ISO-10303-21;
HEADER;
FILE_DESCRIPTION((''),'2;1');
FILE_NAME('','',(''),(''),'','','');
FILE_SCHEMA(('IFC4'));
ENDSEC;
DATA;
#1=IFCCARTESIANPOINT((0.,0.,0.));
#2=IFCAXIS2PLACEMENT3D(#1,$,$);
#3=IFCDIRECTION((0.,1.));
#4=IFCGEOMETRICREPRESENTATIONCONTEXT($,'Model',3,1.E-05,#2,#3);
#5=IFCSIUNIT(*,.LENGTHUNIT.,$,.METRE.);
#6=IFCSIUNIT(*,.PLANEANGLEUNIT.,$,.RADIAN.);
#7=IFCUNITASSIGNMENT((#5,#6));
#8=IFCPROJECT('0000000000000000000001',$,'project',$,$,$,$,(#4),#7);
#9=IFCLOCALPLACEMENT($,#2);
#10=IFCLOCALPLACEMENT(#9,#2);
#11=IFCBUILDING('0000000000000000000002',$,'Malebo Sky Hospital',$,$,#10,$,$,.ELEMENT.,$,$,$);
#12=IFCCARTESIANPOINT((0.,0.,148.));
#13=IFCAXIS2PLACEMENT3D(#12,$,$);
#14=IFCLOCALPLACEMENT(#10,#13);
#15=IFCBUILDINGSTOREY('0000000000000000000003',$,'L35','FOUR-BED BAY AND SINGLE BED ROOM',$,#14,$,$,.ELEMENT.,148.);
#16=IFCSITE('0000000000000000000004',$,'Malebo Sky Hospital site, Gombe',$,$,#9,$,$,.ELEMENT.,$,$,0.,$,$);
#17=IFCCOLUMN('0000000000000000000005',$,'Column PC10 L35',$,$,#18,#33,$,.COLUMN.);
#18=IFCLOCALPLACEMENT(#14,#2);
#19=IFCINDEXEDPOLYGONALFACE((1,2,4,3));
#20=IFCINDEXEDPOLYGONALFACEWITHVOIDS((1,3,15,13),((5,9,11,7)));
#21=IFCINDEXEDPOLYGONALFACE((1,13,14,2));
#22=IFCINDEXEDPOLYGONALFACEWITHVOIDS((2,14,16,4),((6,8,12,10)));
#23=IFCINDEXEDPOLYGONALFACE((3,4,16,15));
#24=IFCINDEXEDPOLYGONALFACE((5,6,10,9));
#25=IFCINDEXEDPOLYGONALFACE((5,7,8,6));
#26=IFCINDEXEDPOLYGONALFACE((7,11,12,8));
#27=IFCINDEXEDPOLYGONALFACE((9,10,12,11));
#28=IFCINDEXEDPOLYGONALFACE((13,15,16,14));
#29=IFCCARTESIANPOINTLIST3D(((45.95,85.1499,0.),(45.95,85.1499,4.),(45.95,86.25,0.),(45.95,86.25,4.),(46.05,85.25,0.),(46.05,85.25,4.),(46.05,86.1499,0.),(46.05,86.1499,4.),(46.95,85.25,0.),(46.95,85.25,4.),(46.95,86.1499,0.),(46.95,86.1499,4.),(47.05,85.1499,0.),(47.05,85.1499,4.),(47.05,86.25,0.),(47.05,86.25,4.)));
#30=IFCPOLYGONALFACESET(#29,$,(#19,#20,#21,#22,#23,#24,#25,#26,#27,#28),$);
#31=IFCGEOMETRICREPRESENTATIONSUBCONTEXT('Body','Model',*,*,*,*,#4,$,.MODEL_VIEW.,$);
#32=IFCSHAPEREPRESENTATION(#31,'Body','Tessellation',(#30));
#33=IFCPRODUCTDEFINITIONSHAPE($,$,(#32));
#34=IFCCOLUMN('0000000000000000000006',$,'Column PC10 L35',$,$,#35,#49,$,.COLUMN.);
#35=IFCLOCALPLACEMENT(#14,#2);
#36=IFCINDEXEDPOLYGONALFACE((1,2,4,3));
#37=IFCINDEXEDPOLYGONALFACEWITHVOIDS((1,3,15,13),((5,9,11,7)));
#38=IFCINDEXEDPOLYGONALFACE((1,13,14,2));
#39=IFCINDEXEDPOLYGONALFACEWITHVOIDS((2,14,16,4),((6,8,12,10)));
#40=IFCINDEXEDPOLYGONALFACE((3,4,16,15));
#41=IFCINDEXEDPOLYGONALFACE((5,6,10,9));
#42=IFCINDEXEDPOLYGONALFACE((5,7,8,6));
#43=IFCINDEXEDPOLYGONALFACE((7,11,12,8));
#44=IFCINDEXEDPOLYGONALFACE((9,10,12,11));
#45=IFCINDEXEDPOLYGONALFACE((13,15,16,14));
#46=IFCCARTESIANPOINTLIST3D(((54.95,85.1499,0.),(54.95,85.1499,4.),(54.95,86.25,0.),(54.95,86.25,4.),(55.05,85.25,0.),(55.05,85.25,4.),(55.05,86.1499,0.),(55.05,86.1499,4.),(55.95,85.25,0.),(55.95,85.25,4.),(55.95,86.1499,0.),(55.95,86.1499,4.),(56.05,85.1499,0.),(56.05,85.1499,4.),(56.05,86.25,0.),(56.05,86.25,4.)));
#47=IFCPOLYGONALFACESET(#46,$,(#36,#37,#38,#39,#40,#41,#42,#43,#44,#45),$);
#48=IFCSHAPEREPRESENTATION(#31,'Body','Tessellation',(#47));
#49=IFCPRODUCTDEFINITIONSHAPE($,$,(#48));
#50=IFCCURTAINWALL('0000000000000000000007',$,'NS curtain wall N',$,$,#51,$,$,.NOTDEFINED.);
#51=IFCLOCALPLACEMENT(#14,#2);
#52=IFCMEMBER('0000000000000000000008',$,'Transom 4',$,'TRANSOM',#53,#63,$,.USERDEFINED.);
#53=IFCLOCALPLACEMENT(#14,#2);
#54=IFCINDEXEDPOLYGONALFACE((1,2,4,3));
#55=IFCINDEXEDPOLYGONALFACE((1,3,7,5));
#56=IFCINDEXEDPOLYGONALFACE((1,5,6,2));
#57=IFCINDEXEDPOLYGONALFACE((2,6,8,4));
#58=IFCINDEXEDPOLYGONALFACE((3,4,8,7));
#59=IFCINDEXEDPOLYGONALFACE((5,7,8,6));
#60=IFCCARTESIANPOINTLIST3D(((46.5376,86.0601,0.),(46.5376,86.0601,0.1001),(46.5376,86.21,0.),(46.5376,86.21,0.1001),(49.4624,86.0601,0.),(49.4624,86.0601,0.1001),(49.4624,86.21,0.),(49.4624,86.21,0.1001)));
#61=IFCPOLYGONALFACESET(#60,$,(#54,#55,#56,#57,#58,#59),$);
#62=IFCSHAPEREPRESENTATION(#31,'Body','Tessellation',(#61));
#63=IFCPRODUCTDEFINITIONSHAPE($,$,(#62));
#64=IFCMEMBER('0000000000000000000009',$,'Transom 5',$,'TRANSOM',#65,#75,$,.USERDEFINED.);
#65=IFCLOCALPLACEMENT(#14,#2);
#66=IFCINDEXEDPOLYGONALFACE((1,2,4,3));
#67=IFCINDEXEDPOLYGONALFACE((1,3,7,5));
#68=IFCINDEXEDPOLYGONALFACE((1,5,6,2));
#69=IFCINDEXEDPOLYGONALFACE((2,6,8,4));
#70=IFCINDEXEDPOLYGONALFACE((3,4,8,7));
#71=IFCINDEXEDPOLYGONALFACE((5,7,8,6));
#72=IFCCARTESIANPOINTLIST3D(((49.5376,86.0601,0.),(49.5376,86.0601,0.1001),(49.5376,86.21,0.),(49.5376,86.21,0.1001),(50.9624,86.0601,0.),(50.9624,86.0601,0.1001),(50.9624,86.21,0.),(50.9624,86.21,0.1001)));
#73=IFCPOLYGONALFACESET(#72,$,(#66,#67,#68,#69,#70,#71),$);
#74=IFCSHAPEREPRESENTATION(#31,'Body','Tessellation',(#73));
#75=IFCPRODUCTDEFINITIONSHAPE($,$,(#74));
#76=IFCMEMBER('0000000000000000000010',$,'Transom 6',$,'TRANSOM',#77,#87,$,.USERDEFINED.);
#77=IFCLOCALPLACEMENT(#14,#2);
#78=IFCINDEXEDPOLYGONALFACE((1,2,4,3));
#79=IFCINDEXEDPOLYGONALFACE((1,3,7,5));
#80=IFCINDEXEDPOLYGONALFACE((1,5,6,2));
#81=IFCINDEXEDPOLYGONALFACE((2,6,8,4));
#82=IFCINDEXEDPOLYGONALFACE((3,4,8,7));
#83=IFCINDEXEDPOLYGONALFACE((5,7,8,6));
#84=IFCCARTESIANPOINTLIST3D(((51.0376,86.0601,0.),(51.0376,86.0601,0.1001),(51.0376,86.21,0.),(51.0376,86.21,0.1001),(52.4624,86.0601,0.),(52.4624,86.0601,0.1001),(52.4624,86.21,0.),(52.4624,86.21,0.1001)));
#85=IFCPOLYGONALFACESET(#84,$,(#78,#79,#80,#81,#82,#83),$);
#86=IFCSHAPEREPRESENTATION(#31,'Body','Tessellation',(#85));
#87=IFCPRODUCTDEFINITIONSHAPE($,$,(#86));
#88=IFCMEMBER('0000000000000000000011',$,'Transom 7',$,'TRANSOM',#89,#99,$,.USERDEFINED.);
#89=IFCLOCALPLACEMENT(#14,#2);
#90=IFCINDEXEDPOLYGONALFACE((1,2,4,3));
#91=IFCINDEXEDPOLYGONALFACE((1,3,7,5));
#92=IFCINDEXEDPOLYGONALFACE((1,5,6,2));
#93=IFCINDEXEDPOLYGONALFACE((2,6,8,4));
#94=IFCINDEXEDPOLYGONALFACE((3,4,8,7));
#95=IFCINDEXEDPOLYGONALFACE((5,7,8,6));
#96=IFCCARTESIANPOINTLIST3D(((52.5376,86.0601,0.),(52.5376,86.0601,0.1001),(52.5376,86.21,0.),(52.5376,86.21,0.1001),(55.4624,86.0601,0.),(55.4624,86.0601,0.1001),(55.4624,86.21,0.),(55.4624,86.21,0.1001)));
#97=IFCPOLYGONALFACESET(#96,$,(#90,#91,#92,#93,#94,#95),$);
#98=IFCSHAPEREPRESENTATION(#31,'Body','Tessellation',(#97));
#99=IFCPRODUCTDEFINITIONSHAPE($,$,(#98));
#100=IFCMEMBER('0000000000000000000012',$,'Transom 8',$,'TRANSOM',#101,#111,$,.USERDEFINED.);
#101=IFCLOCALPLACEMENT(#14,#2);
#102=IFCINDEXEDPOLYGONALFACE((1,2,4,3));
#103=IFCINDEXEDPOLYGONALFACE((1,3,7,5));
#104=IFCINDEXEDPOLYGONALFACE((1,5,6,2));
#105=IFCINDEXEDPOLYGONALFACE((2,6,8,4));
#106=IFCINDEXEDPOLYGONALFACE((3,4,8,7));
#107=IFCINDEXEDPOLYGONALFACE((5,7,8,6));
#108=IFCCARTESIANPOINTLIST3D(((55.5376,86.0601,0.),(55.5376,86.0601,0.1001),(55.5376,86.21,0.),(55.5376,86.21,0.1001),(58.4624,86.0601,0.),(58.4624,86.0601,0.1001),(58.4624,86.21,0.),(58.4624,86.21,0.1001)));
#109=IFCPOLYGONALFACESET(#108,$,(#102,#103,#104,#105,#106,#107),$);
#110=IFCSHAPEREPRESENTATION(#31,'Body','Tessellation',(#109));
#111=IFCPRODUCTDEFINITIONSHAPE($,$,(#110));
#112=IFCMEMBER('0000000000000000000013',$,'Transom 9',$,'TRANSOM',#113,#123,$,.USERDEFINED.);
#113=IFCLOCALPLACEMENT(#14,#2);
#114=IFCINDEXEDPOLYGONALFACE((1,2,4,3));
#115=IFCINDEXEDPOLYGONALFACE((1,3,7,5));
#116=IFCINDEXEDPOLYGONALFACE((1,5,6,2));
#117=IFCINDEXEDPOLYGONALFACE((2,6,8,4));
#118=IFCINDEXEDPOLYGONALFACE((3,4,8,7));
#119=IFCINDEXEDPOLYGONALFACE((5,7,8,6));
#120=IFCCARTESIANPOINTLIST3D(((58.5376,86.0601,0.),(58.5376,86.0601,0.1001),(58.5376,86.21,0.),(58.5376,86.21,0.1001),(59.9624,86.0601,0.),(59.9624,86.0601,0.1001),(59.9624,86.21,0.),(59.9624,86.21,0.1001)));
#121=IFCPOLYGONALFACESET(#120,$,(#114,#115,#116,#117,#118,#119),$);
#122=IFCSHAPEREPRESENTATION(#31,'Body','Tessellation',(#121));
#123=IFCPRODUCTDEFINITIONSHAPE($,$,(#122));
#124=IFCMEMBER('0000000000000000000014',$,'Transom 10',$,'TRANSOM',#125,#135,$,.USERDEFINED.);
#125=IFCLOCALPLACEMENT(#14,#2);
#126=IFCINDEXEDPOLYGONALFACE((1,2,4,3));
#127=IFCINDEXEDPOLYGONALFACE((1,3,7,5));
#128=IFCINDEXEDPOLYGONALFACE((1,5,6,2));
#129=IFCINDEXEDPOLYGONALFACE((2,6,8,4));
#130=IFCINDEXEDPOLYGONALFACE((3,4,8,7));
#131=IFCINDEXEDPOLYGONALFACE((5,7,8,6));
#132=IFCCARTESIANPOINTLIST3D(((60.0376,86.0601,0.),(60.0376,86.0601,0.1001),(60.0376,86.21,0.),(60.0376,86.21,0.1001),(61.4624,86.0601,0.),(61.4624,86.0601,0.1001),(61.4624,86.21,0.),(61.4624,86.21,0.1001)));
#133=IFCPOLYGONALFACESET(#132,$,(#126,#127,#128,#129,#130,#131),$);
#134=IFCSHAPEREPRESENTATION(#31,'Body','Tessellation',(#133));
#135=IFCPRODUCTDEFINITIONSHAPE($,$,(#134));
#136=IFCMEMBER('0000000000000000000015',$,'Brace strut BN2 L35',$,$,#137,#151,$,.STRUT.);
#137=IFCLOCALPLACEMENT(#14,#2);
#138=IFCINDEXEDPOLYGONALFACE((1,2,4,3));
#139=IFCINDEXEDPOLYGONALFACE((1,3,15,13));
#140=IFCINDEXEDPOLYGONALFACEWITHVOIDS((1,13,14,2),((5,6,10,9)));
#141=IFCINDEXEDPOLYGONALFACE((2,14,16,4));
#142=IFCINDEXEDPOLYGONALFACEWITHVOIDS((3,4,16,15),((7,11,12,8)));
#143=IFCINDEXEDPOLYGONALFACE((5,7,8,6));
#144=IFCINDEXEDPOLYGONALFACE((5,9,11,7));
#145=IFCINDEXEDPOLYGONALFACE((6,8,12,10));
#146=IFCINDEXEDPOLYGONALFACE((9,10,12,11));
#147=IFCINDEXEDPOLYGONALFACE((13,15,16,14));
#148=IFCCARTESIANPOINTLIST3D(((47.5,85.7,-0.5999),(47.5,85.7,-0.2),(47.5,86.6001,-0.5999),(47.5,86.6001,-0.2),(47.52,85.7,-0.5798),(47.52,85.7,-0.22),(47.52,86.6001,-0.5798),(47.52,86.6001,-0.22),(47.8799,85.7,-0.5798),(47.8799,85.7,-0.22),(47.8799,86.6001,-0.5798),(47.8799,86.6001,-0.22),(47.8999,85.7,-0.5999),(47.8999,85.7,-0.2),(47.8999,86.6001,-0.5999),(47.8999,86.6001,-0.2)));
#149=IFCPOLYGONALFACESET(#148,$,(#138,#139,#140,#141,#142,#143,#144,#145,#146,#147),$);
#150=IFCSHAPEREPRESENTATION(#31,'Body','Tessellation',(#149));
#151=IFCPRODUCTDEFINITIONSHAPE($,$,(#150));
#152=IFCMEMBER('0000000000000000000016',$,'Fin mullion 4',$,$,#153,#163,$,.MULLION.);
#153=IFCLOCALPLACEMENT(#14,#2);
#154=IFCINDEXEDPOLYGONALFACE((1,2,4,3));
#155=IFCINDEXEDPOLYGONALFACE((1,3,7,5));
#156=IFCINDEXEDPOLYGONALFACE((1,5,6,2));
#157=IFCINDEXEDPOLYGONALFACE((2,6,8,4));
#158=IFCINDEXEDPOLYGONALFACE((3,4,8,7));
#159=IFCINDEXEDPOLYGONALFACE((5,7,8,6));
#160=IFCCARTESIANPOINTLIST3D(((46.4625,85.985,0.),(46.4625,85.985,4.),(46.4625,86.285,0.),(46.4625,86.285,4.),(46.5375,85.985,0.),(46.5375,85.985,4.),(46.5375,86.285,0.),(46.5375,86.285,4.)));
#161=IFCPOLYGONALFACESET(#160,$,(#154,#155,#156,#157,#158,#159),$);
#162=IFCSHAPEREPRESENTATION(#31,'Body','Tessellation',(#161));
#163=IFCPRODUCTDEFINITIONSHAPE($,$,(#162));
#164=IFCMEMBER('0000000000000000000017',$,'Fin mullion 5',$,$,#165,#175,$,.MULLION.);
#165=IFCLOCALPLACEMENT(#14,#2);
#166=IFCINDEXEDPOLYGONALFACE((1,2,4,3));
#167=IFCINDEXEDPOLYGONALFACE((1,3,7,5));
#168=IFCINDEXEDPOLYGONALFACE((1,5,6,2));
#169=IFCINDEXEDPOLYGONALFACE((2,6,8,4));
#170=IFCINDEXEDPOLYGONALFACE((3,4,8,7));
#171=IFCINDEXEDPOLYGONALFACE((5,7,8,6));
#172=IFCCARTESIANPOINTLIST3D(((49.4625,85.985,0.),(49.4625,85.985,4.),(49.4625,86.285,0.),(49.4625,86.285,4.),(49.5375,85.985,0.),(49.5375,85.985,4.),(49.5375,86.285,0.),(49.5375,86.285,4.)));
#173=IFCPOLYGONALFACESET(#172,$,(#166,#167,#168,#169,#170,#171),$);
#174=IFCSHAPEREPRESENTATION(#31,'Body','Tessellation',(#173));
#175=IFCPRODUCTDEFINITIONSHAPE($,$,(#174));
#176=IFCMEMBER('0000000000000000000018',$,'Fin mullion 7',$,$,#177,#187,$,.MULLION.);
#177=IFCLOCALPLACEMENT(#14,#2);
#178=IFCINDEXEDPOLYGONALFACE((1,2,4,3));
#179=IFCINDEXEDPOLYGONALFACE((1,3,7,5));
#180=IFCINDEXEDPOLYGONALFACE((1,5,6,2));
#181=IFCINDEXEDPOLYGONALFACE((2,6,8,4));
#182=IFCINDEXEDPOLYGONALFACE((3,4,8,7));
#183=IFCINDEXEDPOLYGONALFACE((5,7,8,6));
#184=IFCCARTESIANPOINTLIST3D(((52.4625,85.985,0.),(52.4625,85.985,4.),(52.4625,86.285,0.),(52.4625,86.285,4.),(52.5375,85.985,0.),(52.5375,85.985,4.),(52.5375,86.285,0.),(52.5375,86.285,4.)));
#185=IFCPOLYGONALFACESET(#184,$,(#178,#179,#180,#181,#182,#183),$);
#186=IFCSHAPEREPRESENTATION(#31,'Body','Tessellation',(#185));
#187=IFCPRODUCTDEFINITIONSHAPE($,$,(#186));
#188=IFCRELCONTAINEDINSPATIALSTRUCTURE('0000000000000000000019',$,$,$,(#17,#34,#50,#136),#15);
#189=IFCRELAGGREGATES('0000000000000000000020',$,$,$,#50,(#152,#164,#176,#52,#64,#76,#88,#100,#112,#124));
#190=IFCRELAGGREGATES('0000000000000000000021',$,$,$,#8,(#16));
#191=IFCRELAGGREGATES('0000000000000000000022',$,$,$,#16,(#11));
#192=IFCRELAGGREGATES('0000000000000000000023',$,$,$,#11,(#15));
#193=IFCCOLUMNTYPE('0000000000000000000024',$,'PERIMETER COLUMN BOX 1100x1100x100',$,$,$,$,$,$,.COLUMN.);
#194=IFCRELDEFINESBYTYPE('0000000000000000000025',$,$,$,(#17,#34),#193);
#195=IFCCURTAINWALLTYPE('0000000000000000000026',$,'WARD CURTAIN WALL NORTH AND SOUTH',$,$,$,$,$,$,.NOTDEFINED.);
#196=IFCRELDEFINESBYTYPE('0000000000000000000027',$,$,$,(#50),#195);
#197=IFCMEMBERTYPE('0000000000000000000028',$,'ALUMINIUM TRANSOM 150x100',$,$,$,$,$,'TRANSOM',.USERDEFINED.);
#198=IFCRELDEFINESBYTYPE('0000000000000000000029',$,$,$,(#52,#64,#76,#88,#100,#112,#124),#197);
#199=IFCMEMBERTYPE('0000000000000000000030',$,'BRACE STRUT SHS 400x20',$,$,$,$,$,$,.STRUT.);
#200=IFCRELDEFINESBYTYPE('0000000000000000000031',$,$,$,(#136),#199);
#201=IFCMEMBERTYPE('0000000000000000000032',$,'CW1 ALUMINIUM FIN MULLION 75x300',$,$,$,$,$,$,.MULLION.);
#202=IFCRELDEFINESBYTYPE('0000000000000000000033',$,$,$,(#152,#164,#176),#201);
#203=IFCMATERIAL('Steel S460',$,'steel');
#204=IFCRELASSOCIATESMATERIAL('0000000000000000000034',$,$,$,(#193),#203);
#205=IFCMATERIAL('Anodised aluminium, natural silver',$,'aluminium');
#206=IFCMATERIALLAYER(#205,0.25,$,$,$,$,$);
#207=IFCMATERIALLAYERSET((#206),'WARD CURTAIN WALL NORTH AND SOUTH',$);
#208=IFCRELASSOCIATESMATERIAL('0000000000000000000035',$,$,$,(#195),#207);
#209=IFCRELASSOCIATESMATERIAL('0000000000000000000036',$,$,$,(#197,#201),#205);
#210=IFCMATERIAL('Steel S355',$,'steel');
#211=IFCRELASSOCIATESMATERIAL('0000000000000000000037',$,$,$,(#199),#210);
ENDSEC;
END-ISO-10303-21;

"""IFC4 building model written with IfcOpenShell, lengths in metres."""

from ifc_helpers import new_model, si_unit, direction, frame, origin, origin_2d, place, context, subcontext, project, spatial, rectangle, hollow_rectangle, extrude, material, layer, layer_set, material_profile, profile_set, type_object, element, aggregate, save


model = new_model("IFC4")

# Units and contexts
model_context = context("Model", 3, precision=1e-05, world=origin(), true_north=direction((0.0, 1.0)))
body_context = subcontext(model_context, "Body", "Model", "MODEL_VIEW")
ifc_project = project(units=[si_unit("LENGTHUNIT", "METRE"), si_unit("PLANEANGLEUNIT", "RADIAN")], contexts=[model_context])

# Site, building, storey
site_placement = place(None, origin())
site = spatial("IfcSite", under=ifc_project, at=site_placement, Name="Malebo Sky Hospital site, Gombe", CompositionType="ELEMENT", RefElevation=0.0)
building_placement = place(site_placement, origin())
building = spatial("IfcBuilding", under=site, at=building_placement, Name="Malebo Sky Hospital", CompositionType="ELEMENT")
storey_placement = place(building_placement, frame((0.0, 0.0, 148.0)))
storey = spatial("IfcBuildingStorey", under=building, at=storey_placement, Name="L35", Description="FOUR-BED BAY AND SINGLE BED ROOM", CompositionType="ELEMENT", Elevation=148.0)

# Columns
ifc_material_1 = material(Name="Steel S460", Category="steel")
ifc_material_profile_1 = material_profile(ifc_material_1, hollow_rectangle(XDim=1.1001, YDim=1.1001, WallThickness=0.1001, at=origin_2d()), Name="BOX 1100x1100x100")
ifc_profile_set_1 = profile_set([ifc_material_profile_1], Name="Steel S460")
column_type = type_object("IfcColumnType", Name="PERIMETER COLUMN BOX 1100x1100x100", PredefinedType="COLUMN", material=ifc_profile_set_1)
for number, where, z_axis, x_axis, name in (
    (1, (46.5, 85.7, 0.0), (0.0, 0.0, 1.0), (1.0, 0.0, 0.0), "Column PC10 L35"),
    (2, (55.5, 85.7, 0.0), (0.0, 0.0, 1.0), (1.0, 0.0, 0.0), "Column PC10 L35"),
):
    element("IfcColumn", number, at=place(storey_placement, frame(where, z_axis=z_axis, x_axis=x_axis)), inside=storey, type_object=column_type, Name=name, PredefinedType="COLUMN", context=body_context, shape_type="SweptSolid", body=[
        extrude(hollow_rectangle(XDim=1.1001, YDim=1.1001, WallThickness=0.1001, at=origin_2d()), origin(), (0.0, 0.0, 1.0), 4.0),
    ])

# Curtain wall, members
ifc_material_2 = material(Name="Anodised aluminium, natural silver", Category="aluminium")
ifc_layer_1 = layer(ifc_material_2, 0.25)
ifc_layer_set_1 = layer_set([ifc_layer_1], Name="WARD CURTAIN WALL NORTH AND SOUTH")
curtain_wall_type = type_object("IfcCurtainWallType", Name="WARD CURTAIN WALL NORTH AND SOUTH", PredefinedType="NOTDEFINED", material=ifc_layer_set_1)
curtain_wall_placement = place(storey_placement, origin())
curtain_wall = element("IfcCurtainWall", 3, at=curtain_wall_placement, inside=storey, type_object=curtain_wall_type, Name="NS curtain wall N", PredefinedType="NOTDEFINED")
ifc_material_profile_2 = material_profile(ifc_material_2, rectangle(XDim=0.1499, YDim=0.1001, at=origin_2d()), Name="ALUMINIUM TRANSOM 150x100")
ifc_profile_set_2 = profile_set([ifc_material_profile_2], Name="Anodised aluminium, natural silver")
member_type_1 = type_object("IfcMemberType", Name="ALUMINIUM TRANSOM 150x100", ElementType="TRANSOM", PredefinedType="USERDEFINED", material=ifc_profile_set_2)
member_1_placement = place(storey_placement, frame((46.5376, 86.135, 0.05), z_axis=(1.0, 0.0, 0.0), x_axis=(0.0, 1.0, 0.0)))
member_1 = element("IfcMember", 4, at=member_1_placement, type_object=member_type_1, Name="Transom 4", ObjectType="TRANSOM", PredefinedType="USERDEFINED", context=body_context, shape_type="SweptSolid", body=[
    extrude(rectangle(XDim=0.1499, YDim=0.1001, at=origin_2d()), origin(), (0.0, 0.0, 1.0), 2.9248),
])
member_2_placement = place(storey_placement, frame((49.5376, 86.135, 0.05), z_axis=(1.0, 0.0, 0.0), x_axis=(0.0, 1.0, 0.0)))
member_2 = element("IfcMember", 5, at=member_2_placement, type_object=member_type_1, Name="Transom 5", ObjectType="TRANSOM", PredefinedType="USERDEFINED", context=body_context, shape_type="SweptSolid", body=[
    extrude(rectangle(XDim=0.1499, YDim=0.1001, at=origin_2d()), origin(), (0.0, 0.0, 1.0), 1.4248),
])
member_3_placement = place(storey_placement, frame((51.0376, 86.135, 0.05), z_axis=(1.0, 0.0, 0.0), x_axis=(0.0, 1.0, 0.0)))
member_3 = element("IfcMember", 6, at=member_3_placement, type_object=member_type_1, Name="Transom 6", ObjectType="TRANSOM", PredefinedType="USERDEFINED", context=body_context, shape_type="SweptSolid", body=[
    extrude(rectangle(XDim=0.1499, YDim=0.1001, at=origin_2d()), origin(), (0.0, 0.0, 1.0), 1.4248),
])
member_4_placement = place(storey_placement, frame((52.5376, 86.135, 0.05), z_axis=(1.0, 0.0, 0.0), x_axis=(0.0, 1.0, 0.0)))
member_4 = element("IfcMember", 7, at=member_4_placement, type_object=member_type_1, Name="Transom 7", ObjectType="TRANSOM", PredefinedType="USERDEFINED", context=body_context, shape_type="SweptSolid", body=[
    extrude(rectangle(XDim=0.1499, YDim=0.1001, at=origin_2d()), origin(), (0.0, 0.0, 1.0), 2.9248),
])
member_5_placement = place(storey_placement, frame((55.5376, 86.135, 0.05), z_axis=(1.0, 0.0, 0.0), x_axis=(0.0, 1.0, 0.0)))
member_5 = element("IfcMember", 8, at=member_5_placement, type_object=member_type_1, Name="Transom 8", ObjectType="TRANSOM", PredefinedType="USERDEFINED", context=body_context, shape_type="SweptSolid", body=[
    extrude(rectangle(XDim=0.1499, YDim=0.1001, at=origin_2d()), origin(), (0.0, 0.0, 1.0), 2.9248),
])
member_6_placement = place(storey_placement, frame((58.5376, 86.135, 0.05), z_axis=(1.0, 0.0, 0.0), x_axis=(0.0, 1.0, 0.0)))
member_6 = element("IfcMember", 9, at=member_6_placement, type_object=member_type_1, Name="Transom 9", ObjectType="TRANSOM", PredefinedType="USERDEFINED", context=body_context, shape_type="SweptSolid", body=[
    extrude(rectangle(XDim=0.1499, YDim=0.1001, at=origin_2d()), origin(), (0.0, 0.0, 1.0), 1.4248),
])
member_7_placement = place(storey_placement, frame((60.0376, 86.135, 0.05), z_axis=(1.0, 0.0, 0.0), x_axis=(0.0, 1.0, 0.0)))
member_7 = element("IfcMember", 10, at=member_7_placement, type_object=member_type_1, Name="Transom 10", ObjectType="TRANSOM", PredefinedType="USERDEFINED", context=body_context, shape_type="SweptSolid", body=[
    extrude(rectangle(XDim=0.1499, YDim=0.1001, at=origin_2d()), origin(), (0.0, 0.0, 1.0), 1.4248),
])

# Members
ifc_material_3 = material(Name="Steel S355", Category="steel")
ifc_material_profile_3 = material_profile(ifc_material_3, hollow_rectangle(XDim=0.3999, YDim=0.3999, WallThickness=0.02, at=origin_2d()), Name="SHS 400x20")
ifc_profile_set_3 = profile_set([ifc_material_profile_3], Name="Steel S355")
member_type_2 = type_object("IfcMemberType", Name="BRACE STRUT SHS 400x20", PredefinedType="STRUT", material=ifc_profile_set_3)
member_8_placement = place(storey_placement, frame((47.7, 86.6001, -0.3999), z_axis=(0.0, -1.0, 0.0), x_axis=(1.0, 0.0, 0.0)))
element("IfcMember", 11, at=member_8_placement, inside=storey, type_object=member_type_2, Name="Brace strut BN2 L35", PredefinedType="STRUT", context=body_context, shape_type="SweptSolid", body=[
    extrude(hollow_rectangle(XDim=0.3999, YDim=0.3999, WallThickness=0.02, at=origin_2d()), origin(), (0.0, 0.0, 1.0), 0.9001),
])
ifc_material_profile_4 = material_profile(ifc_material_2, rectangle(XDim=0.075, YDim=0.3, at=origin_2d()), Name="CW1 ALUMINIUM FIN MULLION 75x300")
ifc_profile_set_4 = profile_set([ifc_material_profile_4], Name="Anodised aluminium, natural silver")
member_type_3 = type_object("IfcMemberType", Name="CW1 ALUMINIUM FIN MULLION 75x300", PredefinedType="MULLION", material=ifc_profile_set_4)
member_9_placement = place(storey_placement, frame((46.5, 86.135, 0.0), z_axis=(0.0, 0.0, 1.0), x_axis=(1.0, 0.0, 0.0)))
member_9 = element("IfcMember", 12, at=member_9_placement, type_object=member_type_3, Name="Fin mullion 4", PredefinedType="MULLION", context=body_context, shape_type="SweptSolid", body=[
    extrude(rectangle(XDim=0.075, YDim=0.3, at=origin_2d()), origin(), (0.0, 0.0, 1.0), 4.0),
])
member_10_placement = place(storey_placement, frame((49.5, 86.135, 0.0), z_axis=(0.0, 0.0, 1.0), x_axis=(1.0, 0.0, 0.0)))
member_10 = element("IfcMember", 13, at=member_10_placement, type_object=member_type_3, Name="Fin mullion 5", PredefinedType="MULLION", context=body_context, shape_type="SweptSolid", body=[
    extrude(rectangle(XDim=0.075, YDim=0.3, at=origin_2d()), origin(), (0.0, 0.0, 1.0), 4.0),
])
member_11_placement = place(storey_placement, frame((52.5, 86.135, 0.0), z_axis=(0.0, 0.0, 1.0), x_axis=(1.0, 0.0, 0.0)))
member_11 = element("IfcMember", 14, at=member_11_placement, type_object=member_type_3, Name="Fin mullion 7", PredefinedType="MULLION", context=body_context, shape_type="SweptSolid", body=[
    extrude(rectangle(XDim=0.075, YDim=0.3, at=origin_2d()), origin(), (0.0, 0.0, 1.0), 4.0),
])

aggregate(curtain_wall, [member_9, member_10, member_11, member_1, member_2, member_3, member_4, member_5, member_6, member_7])

save(model, "model.ifc")
